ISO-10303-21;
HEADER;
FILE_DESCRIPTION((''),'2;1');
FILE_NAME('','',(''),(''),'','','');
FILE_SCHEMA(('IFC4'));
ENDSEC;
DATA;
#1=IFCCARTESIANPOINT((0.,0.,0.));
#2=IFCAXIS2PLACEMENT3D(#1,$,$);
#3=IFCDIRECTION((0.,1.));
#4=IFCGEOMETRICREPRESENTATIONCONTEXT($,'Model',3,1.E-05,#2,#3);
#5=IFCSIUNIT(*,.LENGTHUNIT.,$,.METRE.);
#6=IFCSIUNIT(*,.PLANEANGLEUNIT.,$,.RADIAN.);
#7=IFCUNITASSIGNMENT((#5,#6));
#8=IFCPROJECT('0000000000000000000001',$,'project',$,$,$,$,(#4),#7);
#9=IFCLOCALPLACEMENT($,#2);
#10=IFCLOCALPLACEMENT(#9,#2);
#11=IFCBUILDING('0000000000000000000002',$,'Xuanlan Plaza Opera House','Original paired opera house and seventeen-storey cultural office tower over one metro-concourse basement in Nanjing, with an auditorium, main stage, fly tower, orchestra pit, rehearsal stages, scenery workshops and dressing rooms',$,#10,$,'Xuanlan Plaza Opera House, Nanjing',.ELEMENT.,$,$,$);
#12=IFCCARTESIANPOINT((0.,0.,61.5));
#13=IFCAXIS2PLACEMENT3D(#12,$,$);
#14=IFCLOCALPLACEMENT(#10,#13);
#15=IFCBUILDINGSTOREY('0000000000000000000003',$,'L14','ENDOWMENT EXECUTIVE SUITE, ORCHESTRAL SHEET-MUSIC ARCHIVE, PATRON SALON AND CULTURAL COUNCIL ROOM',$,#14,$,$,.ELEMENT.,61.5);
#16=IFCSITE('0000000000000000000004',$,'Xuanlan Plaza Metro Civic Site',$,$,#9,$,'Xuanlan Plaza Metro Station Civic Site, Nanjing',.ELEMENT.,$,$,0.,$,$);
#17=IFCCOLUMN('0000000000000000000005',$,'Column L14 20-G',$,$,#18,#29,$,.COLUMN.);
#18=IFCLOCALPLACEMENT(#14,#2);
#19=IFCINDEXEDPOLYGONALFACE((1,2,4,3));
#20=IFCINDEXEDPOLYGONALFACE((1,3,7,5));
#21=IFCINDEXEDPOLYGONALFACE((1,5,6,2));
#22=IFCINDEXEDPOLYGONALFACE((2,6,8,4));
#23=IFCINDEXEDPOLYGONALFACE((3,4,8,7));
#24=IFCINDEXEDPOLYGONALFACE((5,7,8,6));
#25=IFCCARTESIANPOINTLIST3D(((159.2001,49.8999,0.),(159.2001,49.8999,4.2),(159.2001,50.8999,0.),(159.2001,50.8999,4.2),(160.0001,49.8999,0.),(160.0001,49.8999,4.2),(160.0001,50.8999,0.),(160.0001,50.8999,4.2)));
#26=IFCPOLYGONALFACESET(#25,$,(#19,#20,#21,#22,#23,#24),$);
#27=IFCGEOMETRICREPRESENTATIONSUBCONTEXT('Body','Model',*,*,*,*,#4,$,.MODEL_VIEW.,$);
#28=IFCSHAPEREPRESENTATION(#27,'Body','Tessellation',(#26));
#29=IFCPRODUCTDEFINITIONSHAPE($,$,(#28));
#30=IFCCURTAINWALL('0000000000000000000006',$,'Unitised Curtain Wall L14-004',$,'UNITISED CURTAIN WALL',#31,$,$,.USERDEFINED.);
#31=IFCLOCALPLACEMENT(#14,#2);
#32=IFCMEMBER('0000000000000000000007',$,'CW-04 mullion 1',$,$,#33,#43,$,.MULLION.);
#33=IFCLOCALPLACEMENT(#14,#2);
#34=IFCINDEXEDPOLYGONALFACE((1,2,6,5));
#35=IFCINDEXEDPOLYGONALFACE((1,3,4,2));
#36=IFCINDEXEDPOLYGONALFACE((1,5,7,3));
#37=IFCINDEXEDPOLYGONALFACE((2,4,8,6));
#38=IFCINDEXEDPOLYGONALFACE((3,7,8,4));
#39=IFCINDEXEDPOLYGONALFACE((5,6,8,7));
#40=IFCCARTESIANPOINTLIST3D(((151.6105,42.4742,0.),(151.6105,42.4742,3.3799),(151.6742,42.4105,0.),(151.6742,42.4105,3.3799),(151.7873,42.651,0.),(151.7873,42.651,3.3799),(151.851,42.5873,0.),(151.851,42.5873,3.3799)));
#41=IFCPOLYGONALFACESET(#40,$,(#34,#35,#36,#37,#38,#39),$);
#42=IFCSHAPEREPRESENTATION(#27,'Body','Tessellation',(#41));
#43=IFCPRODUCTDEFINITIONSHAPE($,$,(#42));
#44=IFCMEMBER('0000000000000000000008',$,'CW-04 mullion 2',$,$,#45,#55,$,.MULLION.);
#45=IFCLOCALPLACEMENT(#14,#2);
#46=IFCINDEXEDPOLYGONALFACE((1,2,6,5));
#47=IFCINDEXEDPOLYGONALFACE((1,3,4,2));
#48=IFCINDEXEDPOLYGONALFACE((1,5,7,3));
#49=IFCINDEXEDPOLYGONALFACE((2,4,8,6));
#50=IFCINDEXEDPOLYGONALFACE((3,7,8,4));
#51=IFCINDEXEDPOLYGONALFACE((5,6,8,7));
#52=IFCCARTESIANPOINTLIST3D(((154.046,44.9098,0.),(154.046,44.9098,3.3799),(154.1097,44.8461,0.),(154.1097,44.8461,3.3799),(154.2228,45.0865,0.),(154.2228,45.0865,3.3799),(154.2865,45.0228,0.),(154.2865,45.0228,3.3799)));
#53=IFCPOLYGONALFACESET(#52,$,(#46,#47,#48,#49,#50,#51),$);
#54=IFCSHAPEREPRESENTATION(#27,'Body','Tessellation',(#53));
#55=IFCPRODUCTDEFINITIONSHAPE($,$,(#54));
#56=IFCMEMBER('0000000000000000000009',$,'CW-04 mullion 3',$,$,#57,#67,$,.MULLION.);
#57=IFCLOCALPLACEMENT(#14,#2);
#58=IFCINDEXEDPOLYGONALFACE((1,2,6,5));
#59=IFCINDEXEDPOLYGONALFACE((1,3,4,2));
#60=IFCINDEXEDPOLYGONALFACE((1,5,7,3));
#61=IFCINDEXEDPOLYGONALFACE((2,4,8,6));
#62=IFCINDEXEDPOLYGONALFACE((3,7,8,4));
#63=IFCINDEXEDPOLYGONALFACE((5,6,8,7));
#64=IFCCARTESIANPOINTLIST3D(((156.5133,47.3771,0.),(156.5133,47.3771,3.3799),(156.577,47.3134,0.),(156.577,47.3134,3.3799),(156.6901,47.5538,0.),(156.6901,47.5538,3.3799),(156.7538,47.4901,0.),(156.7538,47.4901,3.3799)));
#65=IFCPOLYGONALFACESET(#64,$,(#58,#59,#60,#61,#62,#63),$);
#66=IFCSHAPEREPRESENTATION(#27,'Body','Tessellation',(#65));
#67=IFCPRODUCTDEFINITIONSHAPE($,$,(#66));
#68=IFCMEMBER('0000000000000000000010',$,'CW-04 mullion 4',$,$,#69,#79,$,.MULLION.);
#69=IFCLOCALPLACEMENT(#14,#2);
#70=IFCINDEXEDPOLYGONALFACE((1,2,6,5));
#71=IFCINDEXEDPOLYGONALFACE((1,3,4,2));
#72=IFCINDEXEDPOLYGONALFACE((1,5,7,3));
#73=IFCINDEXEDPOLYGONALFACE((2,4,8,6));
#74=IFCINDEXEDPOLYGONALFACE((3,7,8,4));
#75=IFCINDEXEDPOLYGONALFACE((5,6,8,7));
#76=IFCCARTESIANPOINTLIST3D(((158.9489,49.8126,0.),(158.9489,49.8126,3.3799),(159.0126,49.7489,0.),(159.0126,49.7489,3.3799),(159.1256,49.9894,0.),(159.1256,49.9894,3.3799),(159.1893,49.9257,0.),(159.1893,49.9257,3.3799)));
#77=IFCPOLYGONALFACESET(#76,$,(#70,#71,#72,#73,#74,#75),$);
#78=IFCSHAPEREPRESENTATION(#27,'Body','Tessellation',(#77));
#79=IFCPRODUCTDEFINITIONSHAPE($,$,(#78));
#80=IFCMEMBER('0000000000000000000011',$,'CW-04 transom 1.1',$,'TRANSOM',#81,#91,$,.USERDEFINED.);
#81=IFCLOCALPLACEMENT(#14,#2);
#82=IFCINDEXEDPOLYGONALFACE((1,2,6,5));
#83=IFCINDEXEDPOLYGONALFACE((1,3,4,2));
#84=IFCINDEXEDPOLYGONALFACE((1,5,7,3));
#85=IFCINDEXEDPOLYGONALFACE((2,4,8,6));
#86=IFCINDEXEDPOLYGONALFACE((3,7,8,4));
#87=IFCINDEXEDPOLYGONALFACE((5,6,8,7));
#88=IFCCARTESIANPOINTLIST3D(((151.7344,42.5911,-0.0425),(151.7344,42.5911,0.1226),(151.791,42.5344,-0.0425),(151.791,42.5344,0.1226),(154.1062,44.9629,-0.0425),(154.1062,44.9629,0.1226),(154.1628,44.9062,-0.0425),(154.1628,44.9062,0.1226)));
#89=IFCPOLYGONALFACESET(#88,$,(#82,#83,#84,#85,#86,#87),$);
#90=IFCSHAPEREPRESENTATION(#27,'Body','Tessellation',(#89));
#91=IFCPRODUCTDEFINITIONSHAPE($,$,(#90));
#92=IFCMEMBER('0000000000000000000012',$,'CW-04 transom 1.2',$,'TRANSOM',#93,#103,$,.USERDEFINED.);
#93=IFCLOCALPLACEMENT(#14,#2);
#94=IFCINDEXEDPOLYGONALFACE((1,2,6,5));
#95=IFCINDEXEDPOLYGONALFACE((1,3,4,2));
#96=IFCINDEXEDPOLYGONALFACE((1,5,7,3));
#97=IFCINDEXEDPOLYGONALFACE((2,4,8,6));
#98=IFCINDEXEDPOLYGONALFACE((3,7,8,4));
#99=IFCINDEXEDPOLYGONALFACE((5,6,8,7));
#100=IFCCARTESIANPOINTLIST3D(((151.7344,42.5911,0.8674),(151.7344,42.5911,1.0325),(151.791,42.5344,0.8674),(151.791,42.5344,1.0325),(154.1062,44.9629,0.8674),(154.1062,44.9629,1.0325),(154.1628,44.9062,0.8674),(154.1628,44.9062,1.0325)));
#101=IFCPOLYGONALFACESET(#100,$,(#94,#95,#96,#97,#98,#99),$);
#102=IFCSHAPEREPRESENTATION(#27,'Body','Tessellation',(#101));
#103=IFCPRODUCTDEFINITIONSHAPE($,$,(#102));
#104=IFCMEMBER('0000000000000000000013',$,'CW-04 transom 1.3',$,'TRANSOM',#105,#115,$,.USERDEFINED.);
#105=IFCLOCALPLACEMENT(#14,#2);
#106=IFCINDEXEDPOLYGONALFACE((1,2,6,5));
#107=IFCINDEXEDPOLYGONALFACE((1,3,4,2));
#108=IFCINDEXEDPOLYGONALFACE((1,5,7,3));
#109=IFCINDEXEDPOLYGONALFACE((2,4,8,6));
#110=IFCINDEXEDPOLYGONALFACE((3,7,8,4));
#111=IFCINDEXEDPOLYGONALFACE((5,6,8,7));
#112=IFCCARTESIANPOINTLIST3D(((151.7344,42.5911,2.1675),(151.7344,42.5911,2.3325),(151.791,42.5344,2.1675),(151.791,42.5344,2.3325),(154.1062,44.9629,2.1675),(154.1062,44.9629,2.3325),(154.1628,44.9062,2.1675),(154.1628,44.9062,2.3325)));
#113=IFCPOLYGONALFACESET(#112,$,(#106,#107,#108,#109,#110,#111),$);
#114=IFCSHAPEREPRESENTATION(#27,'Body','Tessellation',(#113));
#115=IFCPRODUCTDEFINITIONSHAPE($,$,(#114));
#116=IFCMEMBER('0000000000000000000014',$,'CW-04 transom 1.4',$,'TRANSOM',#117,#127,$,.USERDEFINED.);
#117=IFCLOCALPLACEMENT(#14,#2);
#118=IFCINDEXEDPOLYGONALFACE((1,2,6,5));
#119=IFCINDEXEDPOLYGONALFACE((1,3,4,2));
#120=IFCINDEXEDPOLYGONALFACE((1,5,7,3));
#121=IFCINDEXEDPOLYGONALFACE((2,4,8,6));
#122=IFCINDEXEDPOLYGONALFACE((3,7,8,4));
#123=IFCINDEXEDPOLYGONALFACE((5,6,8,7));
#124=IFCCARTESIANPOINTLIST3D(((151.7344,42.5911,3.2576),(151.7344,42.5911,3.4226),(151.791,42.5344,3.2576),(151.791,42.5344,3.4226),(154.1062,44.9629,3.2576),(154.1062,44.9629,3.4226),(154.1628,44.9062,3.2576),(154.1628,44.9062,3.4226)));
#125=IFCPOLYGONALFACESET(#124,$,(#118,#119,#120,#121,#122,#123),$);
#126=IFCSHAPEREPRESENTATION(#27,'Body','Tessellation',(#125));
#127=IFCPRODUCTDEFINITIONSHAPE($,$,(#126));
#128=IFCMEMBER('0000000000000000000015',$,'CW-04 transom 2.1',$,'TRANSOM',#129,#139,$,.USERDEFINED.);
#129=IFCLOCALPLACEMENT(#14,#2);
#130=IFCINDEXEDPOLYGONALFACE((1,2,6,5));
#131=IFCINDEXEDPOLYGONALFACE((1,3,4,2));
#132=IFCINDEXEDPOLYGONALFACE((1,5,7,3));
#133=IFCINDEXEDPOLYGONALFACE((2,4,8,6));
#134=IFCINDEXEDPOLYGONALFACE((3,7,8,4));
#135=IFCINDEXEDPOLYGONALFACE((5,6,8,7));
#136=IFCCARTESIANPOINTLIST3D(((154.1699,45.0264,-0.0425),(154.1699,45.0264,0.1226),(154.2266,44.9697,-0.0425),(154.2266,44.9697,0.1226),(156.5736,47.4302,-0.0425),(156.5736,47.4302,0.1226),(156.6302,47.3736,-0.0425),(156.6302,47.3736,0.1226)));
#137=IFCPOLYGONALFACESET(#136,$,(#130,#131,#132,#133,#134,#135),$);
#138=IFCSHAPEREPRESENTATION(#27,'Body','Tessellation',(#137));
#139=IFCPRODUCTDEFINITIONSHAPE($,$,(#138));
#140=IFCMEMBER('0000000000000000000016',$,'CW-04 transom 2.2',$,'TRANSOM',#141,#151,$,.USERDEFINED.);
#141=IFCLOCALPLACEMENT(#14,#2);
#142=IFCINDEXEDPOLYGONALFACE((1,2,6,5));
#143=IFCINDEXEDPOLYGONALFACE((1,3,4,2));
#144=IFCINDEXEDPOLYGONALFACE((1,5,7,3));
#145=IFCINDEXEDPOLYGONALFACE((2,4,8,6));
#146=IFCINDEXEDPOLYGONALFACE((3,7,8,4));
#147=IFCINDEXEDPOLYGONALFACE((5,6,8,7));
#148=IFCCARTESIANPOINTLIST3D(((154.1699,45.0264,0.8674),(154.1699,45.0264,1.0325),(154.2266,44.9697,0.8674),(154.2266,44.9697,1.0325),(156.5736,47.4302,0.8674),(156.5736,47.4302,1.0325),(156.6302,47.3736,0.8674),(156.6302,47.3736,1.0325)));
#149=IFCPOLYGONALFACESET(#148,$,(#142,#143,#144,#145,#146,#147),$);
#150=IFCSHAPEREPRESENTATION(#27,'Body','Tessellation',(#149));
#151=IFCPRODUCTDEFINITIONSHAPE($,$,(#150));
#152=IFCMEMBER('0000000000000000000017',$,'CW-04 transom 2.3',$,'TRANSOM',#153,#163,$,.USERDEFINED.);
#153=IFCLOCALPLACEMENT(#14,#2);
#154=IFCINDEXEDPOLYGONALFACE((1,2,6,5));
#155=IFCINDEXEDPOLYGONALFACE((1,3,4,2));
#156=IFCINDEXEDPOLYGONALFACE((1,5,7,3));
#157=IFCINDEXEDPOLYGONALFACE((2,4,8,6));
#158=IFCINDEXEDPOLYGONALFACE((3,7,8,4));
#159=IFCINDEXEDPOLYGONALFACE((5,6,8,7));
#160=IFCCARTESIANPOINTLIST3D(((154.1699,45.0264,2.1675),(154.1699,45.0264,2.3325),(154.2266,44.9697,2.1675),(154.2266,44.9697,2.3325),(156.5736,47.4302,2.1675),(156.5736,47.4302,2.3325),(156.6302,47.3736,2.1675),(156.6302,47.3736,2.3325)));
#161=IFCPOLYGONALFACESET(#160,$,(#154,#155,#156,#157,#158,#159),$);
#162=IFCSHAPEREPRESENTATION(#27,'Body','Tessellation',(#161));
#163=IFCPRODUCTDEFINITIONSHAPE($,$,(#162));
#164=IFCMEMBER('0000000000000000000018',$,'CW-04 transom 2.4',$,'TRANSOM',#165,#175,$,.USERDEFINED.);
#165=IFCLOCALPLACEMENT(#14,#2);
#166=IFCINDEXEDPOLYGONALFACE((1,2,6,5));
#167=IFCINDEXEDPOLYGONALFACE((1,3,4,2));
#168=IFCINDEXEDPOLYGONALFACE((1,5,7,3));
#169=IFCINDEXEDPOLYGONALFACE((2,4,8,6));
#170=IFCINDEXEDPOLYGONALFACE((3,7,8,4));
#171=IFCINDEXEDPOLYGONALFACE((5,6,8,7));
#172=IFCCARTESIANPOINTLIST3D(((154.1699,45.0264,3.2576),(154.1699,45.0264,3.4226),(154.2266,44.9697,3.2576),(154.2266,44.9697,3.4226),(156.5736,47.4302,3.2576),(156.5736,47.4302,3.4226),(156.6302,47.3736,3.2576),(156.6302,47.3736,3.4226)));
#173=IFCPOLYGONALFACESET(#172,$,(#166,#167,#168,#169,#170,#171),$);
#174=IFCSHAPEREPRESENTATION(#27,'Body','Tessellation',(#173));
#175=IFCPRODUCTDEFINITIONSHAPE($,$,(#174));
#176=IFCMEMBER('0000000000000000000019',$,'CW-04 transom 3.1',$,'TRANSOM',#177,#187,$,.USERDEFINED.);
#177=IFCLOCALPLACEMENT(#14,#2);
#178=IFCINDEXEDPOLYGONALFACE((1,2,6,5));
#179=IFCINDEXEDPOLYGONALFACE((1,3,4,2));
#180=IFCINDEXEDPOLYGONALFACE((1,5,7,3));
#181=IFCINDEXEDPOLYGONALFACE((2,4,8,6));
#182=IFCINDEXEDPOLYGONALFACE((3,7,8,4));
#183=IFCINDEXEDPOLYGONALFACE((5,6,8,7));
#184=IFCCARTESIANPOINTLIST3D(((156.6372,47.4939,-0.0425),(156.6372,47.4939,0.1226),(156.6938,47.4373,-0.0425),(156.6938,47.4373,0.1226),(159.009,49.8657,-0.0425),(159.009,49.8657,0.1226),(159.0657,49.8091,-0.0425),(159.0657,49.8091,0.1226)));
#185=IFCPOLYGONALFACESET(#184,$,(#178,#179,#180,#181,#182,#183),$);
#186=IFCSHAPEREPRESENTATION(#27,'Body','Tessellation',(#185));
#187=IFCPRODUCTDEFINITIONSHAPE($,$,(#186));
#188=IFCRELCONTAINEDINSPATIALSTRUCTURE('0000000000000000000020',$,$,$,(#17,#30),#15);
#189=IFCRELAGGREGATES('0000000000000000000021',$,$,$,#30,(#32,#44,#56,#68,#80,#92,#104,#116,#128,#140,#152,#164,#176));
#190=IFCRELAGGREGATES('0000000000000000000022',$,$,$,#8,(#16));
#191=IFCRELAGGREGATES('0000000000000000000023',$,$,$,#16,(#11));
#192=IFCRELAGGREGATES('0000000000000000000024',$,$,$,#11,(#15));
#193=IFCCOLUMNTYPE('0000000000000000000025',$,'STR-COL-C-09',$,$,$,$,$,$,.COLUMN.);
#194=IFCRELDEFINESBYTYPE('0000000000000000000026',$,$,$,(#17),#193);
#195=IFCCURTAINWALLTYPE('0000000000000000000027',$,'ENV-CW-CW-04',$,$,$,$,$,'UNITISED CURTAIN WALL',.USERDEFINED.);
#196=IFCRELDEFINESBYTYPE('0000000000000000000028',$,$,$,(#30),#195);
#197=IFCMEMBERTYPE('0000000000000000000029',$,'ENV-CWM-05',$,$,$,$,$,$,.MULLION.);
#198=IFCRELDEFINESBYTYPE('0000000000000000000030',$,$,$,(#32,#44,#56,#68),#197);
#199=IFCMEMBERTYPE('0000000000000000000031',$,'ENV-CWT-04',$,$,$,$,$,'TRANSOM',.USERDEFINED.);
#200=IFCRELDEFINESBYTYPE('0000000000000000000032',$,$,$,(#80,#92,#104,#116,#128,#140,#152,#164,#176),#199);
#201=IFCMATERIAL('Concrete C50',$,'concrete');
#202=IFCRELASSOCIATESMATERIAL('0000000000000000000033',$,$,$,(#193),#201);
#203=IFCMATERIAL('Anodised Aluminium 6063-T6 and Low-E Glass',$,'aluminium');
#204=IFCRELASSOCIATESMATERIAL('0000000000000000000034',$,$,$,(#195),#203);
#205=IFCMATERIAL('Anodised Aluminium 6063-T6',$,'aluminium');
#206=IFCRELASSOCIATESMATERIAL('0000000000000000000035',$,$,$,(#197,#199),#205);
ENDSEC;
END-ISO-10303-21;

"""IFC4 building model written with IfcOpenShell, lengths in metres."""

from ifc_helpers import new_model, si_unit, direction, frame, origin, origin_2d, place, context, subcontext, project, spatial, rectangle, extrude, material, material_profile, profile_set, type_object, element, aggregate, save


model = new_model("IFC4")

# Units and contexts
model_context = context("Model", 3, precision=1e-05, world=origin(), true_north=direction((0.0, 1.0)))
body_context = subcontext(model_context, "Body", "Model", "MODEL_VIEW")
ifc_project = project(units=[si_unit("LENGTHUNIT", "METRE"), si_unit("PLANEANGLEUNIT", "RADIAN")], contexts=[model_context])

# Site, building, storey
site_placement = place(None, origin())
site = spatial("IfcSite", under=ifc_project, at=site_placement, Name="Xuanlan Plaza Metro Civic Site", LongName="Xuanlan Plaza Metro Station Civic Site, Nanjing", CompositionType="ELEMENT", RefElevation=0.0)
building_placement = place(site_placement, origin())
building = spatial("IfcBuilding", under=site, at=building_placement, Name="Xuanlan Plaza Opera House", Description="Original paired opera house and seventeen-storey cultural office tower over one metro-concourse basement in Nanjing, with an auditorium, main stage, fly tower, orchestra pit, rehearsal stages, scenery workshops and dressing rooms", LongName="Xuanlan Plaza Opera House, Nanjing", CompositionType="ELEMENT")
storey_placement = place(building_placement, frame((0.0, 0.0, 61.5)))
storey = spatial("IfcBuildingStorey", under=building, at=storey_placement, Name="L14", Description="ENDOWMENT EXECUTIVE SUITE, ORCHESTRAL SHEET-MUSIC ARCHIVE, PATRON SALON AND CULTURAL COUNCIL ROOM", CompositionType="ELEMENT", Elevation=61.5)

# Column
ifc_material_1 = material(Name="Concrete C50", Category="concrete")
ifc_material_profile_1 = material_profile(ifc_material_1, rectangle(XDim=0.8, YDim=1.0, at=origin_2d()), Name="RC-COL 800x1000")
ifc_profile_set_1 = profile_set([ifc_material_profile_1], Name="Concrete C50")
column_type = type_object("IfcColumnType", Name="STR-COL-C-09", PredefinedType="COLUMN", material=ifc_profile_set_1)
column_placement = place(storey_placement, frame((159.6001, 50.3999, 0.0), z_axis=(0.0, 0.0, 1.0), x_axis=(1.0, 0.0, 0.0)))
element("IfcColumn", 1, at=column_placement, inside=storey, type_object=column_type, Name="Column L14 20-G", PredefinedType="COLUMN", context=body_context, shape_type="SweptSolid", body=[
    extrude(rectangle(XDim=0.8, YDim=1.0, at=origin_2d()), origin(), (0.0, 0.0, 1.0), 4.2),
])

# Curtain wall, members
ifc_material_2 = material(Name="Anodised Aluminium 6063-T6 and Low-E Glass", Category="aluminium")
curtain_wall_type = type_object("IfcCurtainWallType", Name="ENV-CW-CW-04", ElementType="UNITISED CURTAIN WALL", PredefinedType="USERDEFINED", material=ifc_material_2)
curtain_wall_placement = place(storey_placement, origin())
curtain_wall = element("IfcCurtainWall", 2, at=curtain_wall_placement, inside=storey, type_object=curtain_wall_type, Name="Unitised Curtain Wall L14-004", ObjectType="UNITISED CURTAIN WALL", PredefinedType="USERDEFINED")
ifc_material_3 = material(Name="Anodised Aluminium 6063-T6", Category="aluminium")
ifc_material_profile_2 = material_profile(ifc_material_3, rectangle(XDim=0.0901, YDim=0.25, at=origin_2d()), Name="ALU-M 90x250")
ifc_profile_set_2 = profile_set([ifc_material_profile_2], Name="Anodised Aluminium 6063-T6")
member_type_1 = type_object("IfcMemberType", Name="ENV-CWM-05", PredefinedType="MULLION", material=ifc_profile_set_2)
member_1_placement = place(storey_placement, frame((151.7307, 42.5308, 0.0), z_axis=(0.0, 0.0, 1.0), x_axis=(-0.707107, 0.707107, 0.0)))
member_1 = element("IfcMember", 3, at=member_1_placement, type_object=member_type_1, Name="CW-04 mullion 1", PredefinedType="MULLION", context=body_context, shape_type="SweptSolid", body=[
    extrude(rectangle(XDim=0.0901, YDim=0.25, at=origin_2d()), origin(), (0.0, 0.0, 1.0), 3.3799),
])
member_2_placement = place(storey_placement, frame((154.1663, 44.9663, 0.0), z_axis=(0.0, 0.0, 1.0), x_axis=(-0.707107, 0.707107, 0.0)))
member_2 = element("IfcMember", 4, at=member_2_placement, type_object=member_type_1, Name="CW-04 mullion 2", PredefinedType="MULLION", context=body_context, shape_type="SweptSolid", body=[
    extrude(rectangle(XDim=0.0901, YDim=0.25, at=origin_2d()), origin(), (0.0, 0.0, 1.0), 3.3799),
])
member_3_placement = place(storey_placement, frame((156.6335, 47.4336, 0.0), z_axis=(0.0, 0.0, 1.0), x_axis=(-0.707107, 0.707107, 0.0)))
member_3 = element("IfcMember", 5, at=member_3_placement, type_object=member_type_1, Name="CW-04 mullion 3", PredefinedType="MULLION", context=body_context, shape_type="SweptSolid", body=[
    extrude(rectangle(XDim=0.0901, YDim=0.25, at=origin_2d()), origin(), (0.0, 0.0, 1.0), 3.3799),
])
member_4_placement = place(storey_placement, frame((159.0691, 49.8691, 0.0), z_axis=(0.0, 0.0, 1.0), x_axis=(-0.707107, 0.707107, 0.0)))
member_4 = element("IfcMember", 6, at=member_4_placement, type_object=member_type_1, Name="CW-04 mullion 4", PredefinedType="MULLION", context=body_context, shape_type="SweptSolid", body=[
    extrude(rectangle(XDim=0.0901, YDim=0.25, at=origin_2d()), origin(), (0.0, 0.0, 1.0), 3.3799),
])
ifc_material_profile_3 = material_profile(ifc_material_3, rectangle(XDim=0.0801, YDim=0.165, at=origin_2d()), Name="ALU-T 80x165")
ifc_profile_set_3 = profile_set([ifc_material_profile_3], Name="Anodised Aluminium 6063-T6")
member_type_2 = type_object("IfcMemberType", Name="ENV-CWT-04", ElementType="TRANSOM", PredefinedType="USERDEFINED", material=ifc_profile_set_3)
member_5_placement = place(storey_placement, frame((151.7627, 42.5627, 0.04), z_axis=(0.707107, 0.707107, 0.0), x_axis=(-0.707107, 0.707107, 0.0)))
member_5 = element("IfcMember", 7, at=member_5_placement, type_object=member_type_2, Name="CW-04 transom 1.1", ObjectType="TRANSOM", PredefinedType="USERDEFINED", context=body_context, shape_type="SweptSolid", body=[
    extrude(rectangle(XDim=0.0801, YDim=0.165, at=origin_2d()), origin(), (0.0, 0.0, 1.0), 3.3542),
])
member_6_placement = place(storey_placement, frame((151.7627, 42.5627, 0.95), z_axis=(0.707107, 0.707107, 0.0), x_axis=(-0.707107, 0.707107, 0.0)))
member_6 = element("IfcMember", 8, at=member_6_placement, type_object=member_type_2, Name="CW-04 transom 1.2", ObjectType="TRANSOM", PredefinedType="USERDEFINED", context=body_context, shape_type="SweptSolid", body=[
    extrude(rectangle(XDim=0.0801, YDim=0.165, at=origin_2d()), origin(), (0.0, 0.0, 1.0), 3.3542),
])
member_7_placement = place(storey_placement, frame((151.7627, 42.5627, 2.25), z_axis=(0.707107, 0.707107, 0.0), x_axis=(-0.707107, 0.707107, 0.0)))
member_7 = element("IfcMember", 9, at=member_7_placement, type_object=member_type_2, Name="CW-04 transom 1.3", ObjectType="TRANSOM", PredefinedType="USERDEFINED", context=body_context, shape_type="SweptSolid", body=[
    extrude(rectangle(XDim=0.0801, YDim=0.165, at=origin_2d()), origin(), (0.0, 0.0, 1.0), 3.3542),
])
member_8_placement = place(storey_placement, frame((151.7627, 42.5627, 3.3401), z_axis=(0.707107, 0.707107, 0.0), x_axis=(-0.707107, 0.707107, 0.0)))
member_8 = element("IfcMember", 10, at=member_8_placement, type_object=member_type_2, Name="CW-04 transom 1.4", ObjectType="TRANSOM", PredefinedType="USERDEFINED", context=body_context, shape_type="SweptSolid", body=[
    extrude(rectangle(XDim=0.0801, YDim=0.165, at=origin_2d()), origin(), (0.0, 0.0, 1.0), 3.3542),
])
member_9_placement = place(storey_placement, frame((154.1982, 44.998, 0.04), z_axis=(0.707071, 0.707143, 0.0), x_axis=(-0.707143, 0.707071, 0.0)))
member_9 = element("IfcMember", 11, at=member_9_placement, type_object=member_type_2, Name="CW-04 transom 2.1", ObjectType="TRANSOM", PredefinedType="USERDEFINED", context=body_context, shape_type="SweptSolid", body=[
    extrude(rectangle(XDim=0.0801, YDim=0.165, at=origin_2d()), origin(), (0.0, 0.0, 1.0), 3.3994),
])
member_10_placement = place(storey_placement, frame((154.1982, 44.998, 0.95), z_axis=(0.707071, 0.707143, 0.0), x_axis=(-0.707143, 0.707071, 0.0)))
member_10 = element("IfcMember", 12, at=member_10_placement, type_object=member_type_2, Name="CW-04 transom 2.2", ObjectType="TRANSOM", PredefinedType="USERDEFINED", context=body_context, shape_type="SweptSolid", body=[
    extrude(rectangle(XDim=0.0801, YDim=0.165, at=origin_2d()), origin(), (0.0, 0.0, 1.0), 3.3994),
])
member_11_placement = place(storey_placement, frame((154.1982, 44.998, 2.25), z_axis=(0.707071, 0.707143, 0.0), x_axis=(-0.707143, 0.707071, 0.0)))
member_11 = element("IfcMember", 13, at=member_11_placement, type_object=member_type_2, Name="CW-04 transom 2.3", ObjectType="TRANSOM", PredefinedType="USERDEFINED", context=body_context, shape_type="SweptSolid", body=[
    extrude(rectangle(XDim=0.0801, YDim=0.165, at=origin_2d()), origin(), (0.0, 0.0, 1.0), 3.3994),
])
member_12_placement = place(storey_placement, frame((154.1982, 44.998, 3.3401), z_axis=(0.707071, 0.707143, 0.0), x_axis=(-0.707143, 0.707071, 0.0)))
member_12 = element("IfcMember", 14, at=member_12_placement, type_object=member_type_2, Name="CW-04 transom 2.4", ObjectType="TRANSOM", PredefinedType="USERDEFINED", context=body_context, shape_type="SweptSolid", body=[
    extrude(rectangle(XDim=0.0801, YDim=0.165, at=origin_2d()), origin(), (0.0, 0.0, 1.0), 3.3994),
])
member_13_placement = place(storey_placement, frame((156.6655, 47.4656, 0.04), z_axis=(0.707107, 0.707107, 0.0), x_axis=(-0.707107, 0.707107, 0.0)))
member_13 = element("IfcMember", 15, at=member_13_placement, type_object=member_type_2, Name="CW-04 transom 3.1", ObjectType="TRANSOM", PredefinedType="USERDEFINED", context=body_context, shape_type="SweptSolid", body=[
    extrude(rectangle(XDim=0.0801, YDim=0.165, at=origin_2d()), origin(), (0.0, 0.0, 1.0), 3.3542),
])

aggregate(curtain_wall, [member_1, member_2, member_3, member_4, member_5, member_6, member_7, member_8, member_9, member_10, member_11, member_12, member_13])

save(model, "model.ifc")
